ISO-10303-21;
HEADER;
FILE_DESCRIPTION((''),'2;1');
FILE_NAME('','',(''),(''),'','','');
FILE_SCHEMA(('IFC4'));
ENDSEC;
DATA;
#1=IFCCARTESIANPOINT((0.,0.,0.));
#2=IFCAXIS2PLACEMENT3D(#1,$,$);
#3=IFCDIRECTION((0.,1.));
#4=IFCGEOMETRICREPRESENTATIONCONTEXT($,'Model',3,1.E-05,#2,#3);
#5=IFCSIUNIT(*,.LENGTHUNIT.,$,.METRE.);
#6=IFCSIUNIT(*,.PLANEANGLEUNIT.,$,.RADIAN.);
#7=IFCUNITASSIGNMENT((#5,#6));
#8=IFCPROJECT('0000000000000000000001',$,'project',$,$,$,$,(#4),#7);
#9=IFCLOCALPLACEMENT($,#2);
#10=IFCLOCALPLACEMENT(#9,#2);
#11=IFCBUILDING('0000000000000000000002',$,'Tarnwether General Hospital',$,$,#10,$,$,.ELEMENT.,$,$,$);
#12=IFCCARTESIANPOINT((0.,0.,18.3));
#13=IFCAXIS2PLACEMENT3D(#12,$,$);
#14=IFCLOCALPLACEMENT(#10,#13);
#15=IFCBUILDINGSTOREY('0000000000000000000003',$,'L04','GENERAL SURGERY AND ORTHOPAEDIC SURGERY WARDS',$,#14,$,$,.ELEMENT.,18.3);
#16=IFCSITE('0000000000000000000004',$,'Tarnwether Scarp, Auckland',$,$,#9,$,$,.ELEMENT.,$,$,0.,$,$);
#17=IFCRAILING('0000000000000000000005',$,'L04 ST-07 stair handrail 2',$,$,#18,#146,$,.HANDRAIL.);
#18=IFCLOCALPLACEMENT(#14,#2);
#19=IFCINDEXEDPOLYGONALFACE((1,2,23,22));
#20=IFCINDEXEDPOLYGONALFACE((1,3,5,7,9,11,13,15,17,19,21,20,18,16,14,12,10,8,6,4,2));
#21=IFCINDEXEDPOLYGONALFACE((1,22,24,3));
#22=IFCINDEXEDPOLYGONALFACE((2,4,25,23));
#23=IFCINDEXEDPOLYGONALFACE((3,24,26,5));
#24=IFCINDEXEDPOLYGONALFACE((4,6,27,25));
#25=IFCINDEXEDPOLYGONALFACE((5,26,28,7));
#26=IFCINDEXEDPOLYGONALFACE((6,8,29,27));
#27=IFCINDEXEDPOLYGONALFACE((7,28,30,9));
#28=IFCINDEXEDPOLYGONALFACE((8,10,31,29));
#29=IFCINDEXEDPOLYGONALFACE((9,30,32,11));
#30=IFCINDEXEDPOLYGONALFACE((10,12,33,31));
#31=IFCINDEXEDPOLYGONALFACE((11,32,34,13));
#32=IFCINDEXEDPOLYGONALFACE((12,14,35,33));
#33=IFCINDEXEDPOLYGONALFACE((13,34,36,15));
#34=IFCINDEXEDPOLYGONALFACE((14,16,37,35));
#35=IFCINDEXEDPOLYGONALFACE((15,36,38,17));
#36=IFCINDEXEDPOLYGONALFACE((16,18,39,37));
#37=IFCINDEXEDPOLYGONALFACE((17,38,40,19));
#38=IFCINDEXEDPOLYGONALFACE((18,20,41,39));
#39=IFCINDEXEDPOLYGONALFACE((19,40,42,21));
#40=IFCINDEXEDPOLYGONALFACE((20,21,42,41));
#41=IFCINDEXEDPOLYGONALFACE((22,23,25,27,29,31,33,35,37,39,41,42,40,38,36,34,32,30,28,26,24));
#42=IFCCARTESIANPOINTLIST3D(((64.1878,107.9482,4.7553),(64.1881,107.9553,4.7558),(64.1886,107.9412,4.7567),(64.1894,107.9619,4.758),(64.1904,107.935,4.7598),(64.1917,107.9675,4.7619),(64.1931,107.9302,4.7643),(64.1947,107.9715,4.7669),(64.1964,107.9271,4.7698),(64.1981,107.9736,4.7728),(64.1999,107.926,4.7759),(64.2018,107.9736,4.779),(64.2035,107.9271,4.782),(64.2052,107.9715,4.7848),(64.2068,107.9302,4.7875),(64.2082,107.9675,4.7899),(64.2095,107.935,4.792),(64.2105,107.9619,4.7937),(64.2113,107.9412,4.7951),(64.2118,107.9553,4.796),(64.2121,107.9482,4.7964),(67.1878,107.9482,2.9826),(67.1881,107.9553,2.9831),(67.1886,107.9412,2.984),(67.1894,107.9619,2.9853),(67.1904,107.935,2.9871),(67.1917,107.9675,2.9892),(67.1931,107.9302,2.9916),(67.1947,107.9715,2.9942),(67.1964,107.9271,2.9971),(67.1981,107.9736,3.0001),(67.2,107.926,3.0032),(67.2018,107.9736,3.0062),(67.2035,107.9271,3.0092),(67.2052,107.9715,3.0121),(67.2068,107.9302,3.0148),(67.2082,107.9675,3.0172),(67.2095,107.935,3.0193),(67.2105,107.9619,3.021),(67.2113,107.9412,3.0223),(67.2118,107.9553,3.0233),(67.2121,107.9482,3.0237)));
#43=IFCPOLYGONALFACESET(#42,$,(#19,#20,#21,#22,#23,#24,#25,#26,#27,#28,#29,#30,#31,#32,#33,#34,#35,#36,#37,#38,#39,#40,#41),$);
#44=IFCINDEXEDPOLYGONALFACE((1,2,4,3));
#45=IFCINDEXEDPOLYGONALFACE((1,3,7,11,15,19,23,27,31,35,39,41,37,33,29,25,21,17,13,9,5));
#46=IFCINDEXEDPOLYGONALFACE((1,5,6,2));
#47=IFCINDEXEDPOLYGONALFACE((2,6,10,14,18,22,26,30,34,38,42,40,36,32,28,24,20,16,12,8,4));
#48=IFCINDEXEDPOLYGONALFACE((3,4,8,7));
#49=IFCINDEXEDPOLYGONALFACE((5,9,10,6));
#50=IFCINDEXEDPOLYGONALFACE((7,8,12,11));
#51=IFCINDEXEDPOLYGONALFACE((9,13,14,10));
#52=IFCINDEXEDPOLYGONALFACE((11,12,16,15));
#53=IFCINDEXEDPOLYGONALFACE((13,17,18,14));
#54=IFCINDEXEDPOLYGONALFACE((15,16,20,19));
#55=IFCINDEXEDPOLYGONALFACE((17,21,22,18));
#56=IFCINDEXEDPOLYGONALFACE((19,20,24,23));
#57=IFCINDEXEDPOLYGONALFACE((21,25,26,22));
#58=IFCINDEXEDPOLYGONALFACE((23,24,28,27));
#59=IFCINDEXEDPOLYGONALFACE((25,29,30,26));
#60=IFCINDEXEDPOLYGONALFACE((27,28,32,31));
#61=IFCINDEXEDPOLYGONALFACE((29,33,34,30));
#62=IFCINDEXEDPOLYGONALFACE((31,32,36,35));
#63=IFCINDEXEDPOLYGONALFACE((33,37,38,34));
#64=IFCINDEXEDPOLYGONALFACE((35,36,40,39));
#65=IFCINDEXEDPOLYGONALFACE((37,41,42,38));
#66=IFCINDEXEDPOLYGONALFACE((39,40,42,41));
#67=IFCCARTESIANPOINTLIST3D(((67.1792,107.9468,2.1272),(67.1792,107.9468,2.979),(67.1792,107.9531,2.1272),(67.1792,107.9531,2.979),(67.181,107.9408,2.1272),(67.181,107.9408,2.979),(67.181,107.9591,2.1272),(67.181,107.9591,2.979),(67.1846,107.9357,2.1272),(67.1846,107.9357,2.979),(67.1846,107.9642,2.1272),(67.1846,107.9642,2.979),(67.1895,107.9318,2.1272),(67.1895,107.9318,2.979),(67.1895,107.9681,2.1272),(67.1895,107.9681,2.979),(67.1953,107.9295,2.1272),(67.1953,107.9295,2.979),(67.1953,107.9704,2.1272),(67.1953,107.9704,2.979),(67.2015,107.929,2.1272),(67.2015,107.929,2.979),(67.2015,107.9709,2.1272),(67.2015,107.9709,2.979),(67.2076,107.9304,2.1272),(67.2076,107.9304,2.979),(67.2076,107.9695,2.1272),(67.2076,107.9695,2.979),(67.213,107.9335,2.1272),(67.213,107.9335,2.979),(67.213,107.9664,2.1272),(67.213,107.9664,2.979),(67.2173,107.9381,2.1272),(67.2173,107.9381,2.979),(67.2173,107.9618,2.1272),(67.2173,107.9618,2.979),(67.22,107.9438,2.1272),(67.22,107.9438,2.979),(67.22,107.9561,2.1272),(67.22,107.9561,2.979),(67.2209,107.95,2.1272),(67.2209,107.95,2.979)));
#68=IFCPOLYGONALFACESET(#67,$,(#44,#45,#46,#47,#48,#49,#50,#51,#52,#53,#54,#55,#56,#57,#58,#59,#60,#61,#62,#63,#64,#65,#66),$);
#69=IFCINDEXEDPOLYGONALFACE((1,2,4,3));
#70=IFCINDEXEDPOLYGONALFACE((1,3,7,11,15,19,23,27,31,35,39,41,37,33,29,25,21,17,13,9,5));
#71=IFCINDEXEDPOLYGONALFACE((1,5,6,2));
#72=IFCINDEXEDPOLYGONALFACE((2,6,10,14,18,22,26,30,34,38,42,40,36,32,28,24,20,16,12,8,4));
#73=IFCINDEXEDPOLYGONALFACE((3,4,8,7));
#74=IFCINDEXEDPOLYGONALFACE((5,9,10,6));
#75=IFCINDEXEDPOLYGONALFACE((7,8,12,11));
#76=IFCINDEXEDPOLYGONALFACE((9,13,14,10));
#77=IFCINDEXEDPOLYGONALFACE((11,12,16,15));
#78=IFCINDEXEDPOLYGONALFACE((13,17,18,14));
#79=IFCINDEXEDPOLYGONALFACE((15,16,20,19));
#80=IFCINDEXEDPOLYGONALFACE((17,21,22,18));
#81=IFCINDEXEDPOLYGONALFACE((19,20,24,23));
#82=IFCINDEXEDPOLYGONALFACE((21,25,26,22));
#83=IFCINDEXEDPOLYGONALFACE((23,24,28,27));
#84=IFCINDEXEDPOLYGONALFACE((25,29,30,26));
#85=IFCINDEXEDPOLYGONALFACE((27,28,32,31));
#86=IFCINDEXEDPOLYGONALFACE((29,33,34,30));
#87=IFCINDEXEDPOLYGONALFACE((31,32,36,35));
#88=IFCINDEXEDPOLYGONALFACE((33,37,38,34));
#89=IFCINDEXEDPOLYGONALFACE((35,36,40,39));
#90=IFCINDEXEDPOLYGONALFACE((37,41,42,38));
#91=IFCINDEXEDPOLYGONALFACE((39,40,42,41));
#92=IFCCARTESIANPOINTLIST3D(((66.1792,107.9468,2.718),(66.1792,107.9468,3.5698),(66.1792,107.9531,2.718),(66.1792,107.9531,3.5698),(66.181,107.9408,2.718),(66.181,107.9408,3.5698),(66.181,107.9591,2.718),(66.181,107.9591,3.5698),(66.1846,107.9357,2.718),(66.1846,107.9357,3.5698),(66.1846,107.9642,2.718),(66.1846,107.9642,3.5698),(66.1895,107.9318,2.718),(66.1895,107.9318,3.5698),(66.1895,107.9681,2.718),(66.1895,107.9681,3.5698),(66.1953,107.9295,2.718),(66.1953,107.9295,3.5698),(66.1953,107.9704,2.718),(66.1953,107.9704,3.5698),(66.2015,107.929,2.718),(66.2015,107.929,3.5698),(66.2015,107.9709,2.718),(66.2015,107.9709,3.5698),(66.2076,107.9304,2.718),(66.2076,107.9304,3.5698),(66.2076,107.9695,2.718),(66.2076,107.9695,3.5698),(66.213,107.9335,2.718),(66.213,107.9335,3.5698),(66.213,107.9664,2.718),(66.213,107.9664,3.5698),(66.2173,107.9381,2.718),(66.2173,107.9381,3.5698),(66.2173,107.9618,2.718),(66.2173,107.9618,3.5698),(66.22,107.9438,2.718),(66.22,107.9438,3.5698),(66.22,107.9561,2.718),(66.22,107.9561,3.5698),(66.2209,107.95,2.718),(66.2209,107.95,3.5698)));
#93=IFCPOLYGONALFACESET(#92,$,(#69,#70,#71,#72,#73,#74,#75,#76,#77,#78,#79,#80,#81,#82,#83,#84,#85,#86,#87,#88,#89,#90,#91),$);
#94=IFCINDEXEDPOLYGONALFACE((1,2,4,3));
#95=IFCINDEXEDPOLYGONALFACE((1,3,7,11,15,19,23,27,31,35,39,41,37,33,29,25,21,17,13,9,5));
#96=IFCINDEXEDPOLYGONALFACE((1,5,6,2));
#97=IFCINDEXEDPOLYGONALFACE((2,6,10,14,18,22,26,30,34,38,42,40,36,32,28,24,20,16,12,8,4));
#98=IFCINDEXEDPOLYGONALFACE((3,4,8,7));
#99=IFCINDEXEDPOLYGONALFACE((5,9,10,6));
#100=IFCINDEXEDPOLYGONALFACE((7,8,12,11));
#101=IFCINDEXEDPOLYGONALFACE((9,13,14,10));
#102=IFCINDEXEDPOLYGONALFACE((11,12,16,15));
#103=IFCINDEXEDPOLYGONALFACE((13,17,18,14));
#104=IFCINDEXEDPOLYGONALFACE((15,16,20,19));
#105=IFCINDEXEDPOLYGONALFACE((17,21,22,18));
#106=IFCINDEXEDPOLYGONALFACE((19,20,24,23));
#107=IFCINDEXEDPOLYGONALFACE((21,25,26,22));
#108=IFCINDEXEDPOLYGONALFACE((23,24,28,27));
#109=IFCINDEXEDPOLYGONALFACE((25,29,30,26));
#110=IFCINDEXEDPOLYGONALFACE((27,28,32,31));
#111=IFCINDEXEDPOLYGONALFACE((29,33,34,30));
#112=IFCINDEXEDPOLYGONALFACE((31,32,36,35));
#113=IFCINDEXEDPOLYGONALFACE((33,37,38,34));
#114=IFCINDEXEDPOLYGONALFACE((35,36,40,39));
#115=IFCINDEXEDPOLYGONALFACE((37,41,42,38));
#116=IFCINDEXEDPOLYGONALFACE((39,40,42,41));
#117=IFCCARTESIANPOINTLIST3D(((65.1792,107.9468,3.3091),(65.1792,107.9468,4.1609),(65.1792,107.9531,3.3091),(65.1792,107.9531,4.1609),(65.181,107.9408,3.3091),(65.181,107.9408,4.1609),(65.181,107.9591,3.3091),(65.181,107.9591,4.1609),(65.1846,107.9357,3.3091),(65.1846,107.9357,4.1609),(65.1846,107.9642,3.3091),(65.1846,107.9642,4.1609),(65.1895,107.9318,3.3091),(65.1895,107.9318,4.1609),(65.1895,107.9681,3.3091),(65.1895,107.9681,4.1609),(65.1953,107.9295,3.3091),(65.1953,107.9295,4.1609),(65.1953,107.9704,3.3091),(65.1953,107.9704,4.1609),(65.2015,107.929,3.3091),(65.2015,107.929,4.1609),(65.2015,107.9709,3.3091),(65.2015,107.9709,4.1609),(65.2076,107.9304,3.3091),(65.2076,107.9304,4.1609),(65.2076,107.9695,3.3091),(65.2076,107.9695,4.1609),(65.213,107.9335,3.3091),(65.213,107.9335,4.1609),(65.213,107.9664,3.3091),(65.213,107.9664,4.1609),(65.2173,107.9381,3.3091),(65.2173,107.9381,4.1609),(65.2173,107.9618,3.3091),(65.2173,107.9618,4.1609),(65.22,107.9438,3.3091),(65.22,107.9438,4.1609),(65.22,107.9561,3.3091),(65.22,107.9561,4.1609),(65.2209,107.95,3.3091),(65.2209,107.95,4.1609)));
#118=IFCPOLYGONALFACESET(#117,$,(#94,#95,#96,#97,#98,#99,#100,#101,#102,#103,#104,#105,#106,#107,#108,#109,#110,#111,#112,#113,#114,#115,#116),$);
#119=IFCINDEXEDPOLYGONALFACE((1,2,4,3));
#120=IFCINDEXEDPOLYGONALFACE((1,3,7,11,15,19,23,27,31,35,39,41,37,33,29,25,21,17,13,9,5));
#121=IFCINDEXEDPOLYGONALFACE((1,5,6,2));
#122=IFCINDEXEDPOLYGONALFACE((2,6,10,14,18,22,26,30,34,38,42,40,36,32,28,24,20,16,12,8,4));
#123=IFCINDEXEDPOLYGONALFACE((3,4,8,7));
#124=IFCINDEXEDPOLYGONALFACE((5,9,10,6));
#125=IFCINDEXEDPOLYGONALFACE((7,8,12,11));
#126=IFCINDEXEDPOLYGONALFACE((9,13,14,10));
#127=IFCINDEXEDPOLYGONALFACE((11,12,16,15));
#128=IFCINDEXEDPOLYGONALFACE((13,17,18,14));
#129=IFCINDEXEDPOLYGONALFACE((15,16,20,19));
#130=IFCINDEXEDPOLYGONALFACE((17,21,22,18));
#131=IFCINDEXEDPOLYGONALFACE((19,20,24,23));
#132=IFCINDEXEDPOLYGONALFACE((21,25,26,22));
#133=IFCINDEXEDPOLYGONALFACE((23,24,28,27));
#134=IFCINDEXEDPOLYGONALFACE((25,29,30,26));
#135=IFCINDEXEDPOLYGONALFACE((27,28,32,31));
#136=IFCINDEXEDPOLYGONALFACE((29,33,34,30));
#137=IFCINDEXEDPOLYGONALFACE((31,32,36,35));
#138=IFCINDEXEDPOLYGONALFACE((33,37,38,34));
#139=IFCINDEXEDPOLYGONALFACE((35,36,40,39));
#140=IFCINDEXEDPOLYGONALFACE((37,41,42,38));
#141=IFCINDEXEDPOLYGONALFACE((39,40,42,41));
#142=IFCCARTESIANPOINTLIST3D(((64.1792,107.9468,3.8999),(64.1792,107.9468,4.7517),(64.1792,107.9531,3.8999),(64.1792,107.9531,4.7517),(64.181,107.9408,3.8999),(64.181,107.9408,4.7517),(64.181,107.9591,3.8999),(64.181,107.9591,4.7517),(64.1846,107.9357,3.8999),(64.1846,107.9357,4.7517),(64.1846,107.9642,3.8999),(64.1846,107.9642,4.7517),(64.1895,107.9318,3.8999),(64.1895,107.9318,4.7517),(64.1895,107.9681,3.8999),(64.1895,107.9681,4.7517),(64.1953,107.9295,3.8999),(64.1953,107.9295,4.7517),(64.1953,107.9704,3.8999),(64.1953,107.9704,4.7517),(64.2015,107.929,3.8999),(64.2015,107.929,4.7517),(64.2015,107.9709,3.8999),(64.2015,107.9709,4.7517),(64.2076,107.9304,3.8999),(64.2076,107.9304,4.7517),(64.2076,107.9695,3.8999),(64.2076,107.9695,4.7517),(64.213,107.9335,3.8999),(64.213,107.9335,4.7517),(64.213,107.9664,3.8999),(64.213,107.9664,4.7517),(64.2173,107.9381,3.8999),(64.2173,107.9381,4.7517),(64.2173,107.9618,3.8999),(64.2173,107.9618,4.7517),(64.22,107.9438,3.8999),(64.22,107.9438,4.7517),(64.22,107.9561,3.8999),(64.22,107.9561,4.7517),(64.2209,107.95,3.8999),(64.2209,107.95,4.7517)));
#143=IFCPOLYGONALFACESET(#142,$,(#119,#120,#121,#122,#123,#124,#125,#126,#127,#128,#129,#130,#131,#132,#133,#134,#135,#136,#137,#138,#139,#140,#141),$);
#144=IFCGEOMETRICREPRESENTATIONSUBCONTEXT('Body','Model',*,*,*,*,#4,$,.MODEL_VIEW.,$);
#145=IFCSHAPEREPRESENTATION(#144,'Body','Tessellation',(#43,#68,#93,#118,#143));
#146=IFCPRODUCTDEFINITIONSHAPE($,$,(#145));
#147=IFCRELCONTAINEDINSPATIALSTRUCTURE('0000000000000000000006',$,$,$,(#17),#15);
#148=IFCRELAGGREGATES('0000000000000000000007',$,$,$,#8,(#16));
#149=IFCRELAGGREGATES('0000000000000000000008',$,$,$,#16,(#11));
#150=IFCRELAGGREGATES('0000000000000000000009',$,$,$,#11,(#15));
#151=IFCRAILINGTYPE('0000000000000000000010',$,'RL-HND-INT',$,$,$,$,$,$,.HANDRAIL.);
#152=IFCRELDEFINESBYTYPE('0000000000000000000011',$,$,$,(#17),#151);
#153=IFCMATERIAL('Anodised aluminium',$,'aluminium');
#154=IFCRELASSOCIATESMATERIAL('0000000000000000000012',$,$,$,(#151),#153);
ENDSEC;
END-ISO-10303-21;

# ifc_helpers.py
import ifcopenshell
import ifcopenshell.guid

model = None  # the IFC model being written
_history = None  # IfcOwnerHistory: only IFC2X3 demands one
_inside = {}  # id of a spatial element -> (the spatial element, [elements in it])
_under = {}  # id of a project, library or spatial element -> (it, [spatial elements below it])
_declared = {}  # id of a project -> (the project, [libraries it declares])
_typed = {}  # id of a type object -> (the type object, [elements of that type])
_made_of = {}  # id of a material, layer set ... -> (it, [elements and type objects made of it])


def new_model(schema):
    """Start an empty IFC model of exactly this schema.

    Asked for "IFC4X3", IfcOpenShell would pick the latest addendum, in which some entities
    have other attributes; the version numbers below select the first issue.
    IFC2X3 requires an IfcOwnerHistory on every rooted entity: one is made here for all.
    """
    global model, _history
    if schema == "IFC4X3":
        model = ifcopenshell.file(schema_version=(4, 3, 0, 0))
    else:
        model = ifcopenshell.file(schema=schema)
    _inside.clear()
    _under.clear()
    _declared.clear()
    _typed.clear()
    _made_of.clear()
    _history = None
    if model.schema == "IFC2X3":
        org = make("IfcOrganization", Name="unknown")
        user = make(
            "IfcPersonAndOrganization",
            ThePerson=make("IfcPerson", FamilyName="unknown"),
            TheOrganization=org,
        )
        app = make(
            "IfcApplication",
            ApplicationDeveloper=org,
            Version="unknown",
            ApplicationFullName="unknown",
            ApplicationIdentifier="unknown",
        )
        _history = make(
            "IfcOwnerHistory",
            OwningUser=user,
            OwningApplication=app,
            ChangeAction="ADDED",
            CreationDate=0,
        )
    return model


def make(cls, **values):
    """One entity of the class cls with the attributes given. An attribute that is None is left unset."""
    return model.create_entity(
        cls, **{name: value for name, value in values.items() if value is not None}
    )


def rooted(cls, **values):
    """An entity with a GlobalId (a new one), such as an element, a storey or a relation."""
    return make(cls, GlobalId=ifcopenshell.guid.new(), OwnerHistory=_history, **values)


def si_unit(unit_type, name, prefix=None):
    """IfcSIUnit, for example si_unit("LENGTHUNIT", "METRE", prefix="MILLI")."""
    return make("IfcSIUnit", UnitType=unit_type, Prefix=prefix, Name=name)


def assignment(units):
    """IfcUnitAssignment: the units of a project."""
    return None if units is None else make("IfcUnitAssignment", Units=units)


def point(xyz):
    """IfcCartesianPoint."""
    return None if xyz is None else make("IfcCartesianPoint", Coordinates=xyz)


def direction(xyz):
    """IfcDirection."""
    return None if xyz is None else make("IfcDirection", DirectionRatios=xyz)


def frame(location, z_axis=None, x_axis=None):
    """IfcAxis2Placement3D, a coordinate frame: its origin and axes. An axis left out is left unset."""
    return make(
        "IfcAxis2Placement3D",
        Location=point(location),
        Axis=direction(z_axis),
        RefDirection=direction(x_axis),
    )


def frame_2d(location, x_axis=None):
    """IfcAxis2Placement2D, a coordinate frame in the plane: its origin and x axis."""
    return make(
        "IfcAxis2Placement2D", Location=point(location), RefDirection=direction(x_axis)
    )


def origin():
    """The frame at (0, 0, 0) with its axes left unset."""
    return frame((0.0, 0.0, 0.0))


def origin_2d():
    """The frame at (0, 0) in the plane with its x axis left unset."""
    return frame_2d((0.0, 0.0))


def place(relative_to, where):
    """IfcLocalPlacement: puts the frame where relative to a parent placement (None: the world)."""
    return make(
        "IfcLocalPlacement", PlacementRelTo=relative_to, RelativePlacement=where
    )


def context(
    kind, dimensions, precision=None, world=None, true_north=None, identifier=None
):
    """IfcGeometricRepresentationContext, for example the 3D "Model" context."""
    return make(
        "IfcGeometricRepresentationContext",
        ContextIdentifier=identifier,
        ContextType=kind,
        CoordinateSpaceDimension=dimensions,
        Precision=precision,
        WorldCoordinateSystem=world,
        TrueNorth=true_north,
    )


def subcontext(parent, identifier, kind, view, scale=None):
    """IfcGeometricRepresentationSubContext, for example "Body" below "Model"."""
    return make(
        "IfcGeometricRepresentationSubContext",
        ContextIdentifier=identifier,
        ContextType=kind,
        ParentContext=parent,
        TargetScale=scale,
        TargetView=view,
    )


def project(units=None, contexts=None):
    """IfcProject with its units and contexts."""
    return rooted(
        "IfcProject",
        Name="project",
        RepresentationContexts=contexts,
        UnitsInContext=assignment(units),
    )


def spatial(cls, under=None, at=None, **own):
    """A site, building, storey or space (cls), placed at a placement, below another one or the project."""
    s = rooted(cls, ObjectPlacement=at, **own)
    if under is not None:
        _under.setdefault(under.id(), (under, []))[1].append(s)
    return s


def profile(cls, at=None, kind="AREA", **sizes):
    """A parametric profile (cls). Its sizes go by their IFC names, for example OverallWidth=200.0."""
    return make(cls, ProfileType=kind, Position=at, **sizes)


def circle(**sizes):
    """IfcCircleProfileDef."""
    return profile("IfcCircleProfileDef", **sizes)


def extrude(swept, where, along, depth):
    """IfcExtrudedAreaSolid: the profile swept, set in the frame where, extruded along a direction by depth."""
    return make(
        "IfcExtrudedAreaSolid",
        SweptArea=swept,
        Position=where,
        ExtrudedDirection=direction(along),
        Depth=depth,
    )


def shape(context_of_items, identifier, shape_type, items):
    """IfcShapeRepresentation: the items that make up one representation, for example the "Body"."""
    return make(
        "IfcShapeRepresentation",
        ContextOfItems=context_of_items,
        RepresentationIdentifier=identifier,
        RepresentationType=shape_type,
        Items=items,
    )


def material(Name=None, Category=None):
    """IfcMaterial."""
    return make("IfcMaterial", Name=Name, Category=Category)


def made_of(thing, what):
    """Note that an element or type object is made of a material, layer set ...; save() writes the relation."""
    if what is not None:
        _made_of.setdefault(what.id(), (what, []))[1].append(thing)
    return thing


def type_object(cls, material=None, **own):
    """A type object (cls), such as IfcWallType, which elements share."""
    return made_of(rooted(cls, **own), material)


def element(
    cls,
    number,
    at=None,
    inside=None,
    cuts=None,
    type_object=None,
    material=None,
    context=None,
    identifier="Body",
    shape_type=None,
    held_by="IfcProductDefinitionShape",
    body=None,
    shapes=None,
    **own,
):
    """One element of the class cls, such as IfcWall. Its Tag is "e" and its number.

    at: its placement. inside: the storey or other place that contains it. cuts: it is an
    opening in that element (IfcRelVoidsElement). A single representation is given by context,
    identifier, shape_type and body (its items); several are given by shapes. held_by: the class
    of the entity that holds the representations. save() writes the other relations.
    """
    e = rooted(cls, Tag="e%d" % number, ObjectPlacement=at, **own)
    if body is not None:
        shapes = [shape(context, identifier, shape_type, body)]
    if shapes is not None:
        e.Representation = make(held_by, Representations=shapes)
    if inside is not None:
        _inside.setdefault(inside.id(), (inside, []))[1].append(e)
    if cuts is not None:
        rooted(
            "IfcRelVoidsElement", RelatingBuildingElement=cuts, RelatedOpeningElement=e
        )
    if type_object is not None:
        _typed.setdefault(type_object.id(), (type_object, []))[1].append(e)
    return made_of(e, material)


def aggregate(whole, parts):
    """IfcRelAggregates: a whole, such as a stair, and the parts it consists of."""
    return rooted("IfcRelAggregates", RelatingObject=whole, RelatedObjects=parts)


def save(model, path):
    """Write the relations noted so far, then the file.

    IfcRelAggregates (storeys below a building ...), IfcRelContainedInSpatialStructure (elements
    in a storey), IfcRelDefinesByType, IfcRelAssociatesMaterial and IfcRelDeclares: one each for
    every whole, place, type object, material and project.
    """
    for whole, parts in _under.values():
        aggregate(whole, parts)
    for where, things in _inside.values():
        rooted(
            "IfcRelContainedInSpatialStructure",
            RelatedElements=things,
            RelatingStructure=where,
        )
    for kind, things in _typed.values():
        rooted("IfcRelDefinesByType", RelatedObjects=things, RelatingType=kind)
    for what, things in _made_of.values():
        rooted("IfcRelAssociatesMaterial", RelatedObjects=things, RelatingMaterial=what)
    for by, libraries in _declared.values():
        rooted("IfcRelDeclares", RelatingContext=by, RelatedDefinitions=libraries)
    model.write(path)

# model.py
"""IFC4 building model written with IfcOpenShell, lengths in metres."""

from ifc_helpers import new_model, si_unit, direction, frame, origin, origin_2d, place, context, subcontext, project, spatial, circle, extrude, material, type_object, element, save


model = new_model("IFC4")

# Units and contexts
model_context = context("Model", 3, precision=1e-05, world=origin(), true_north=direction((0.0, 1.0)))
body_context = subcontext(model_context, "Body", "Model", "MODEL_VIEW")
ifc_project = project(units=[si_unit("LENGTHUNIT", "METRE"), si_unit("PLANEANGLEUNIT", "RADIAN")], contexts=[model_context])

# Site, building, storey
site_placement = place(None, origin())
site = spatial("IfcSite", under=ifc_project, at=site_placement, Name="Tarnwether Scarp, Auckland", CompositionType="ELEMENT", RefElevation=0.0)
building_placement = place(site_placement, origin())
building = spatial("IfcBuilding", under=site, at=building_placement, Name="Tarnwether General Hospital", CompositionType="ELEMENT")
storey_placement = place(building_placement, frame((0.0, 0.0, 18.3)))
storey = spatial("IfcBuildingStorey", under=building, at=storey_placement, Name="L04", Description="GENERAL SURGERY AND ORTHOPAEDIC SURGERY WARDS", CompositionType="ELEMENT", Elevation=18.3)

# Railing
ifc_material_1 = material(Name="Anodised aluminium", Category="aluminium")
railing_type_1 = type_object("IfcRailingType", Name="RL-HND-INT", PredefinedType="HANDRAIL", material=ifc_material_1)
railing_1_placement = place(storey_placement, frame((67.2, 107.95, 2.1272)))
element("IfcRailing", 1, at=railing_1_placement, inside=storey, type_object=railing_type_1, Name="L04 ST-07 stair handrail 2", PredefinedType="HANDRAIL", context=body_context, shape_type="SweptSolid", body=[
    extrude(circle(Radius=0.0239, at=origin_2d()), frame((0.0, 0.0, 0.876), z_axis=(-0.860929, 0.0, 0.508725), x_axis=(0.0, -1.0, 0.0)), (0.0, 0.0, 1.0), 3.4846),
    extrude(circle(Radius=0.021, at=origin_2d()), origin(), (0.0, 0.0, 1.0), 0.8518),
    extrude(circle(Radius=0.021, at=origin_2d()), frame((-1.0, 0.0, 0.5908)), (0.0, 0.0, 1.0), 0.8518),
    extrude(circle(Radius=0.021, at=origin_2d()), frame((-2.0, 0.0, 1.1819)), (0.0, 0.0, 1.0), 0.8518),
    extrude(circle(Radius=0.021, at=origin_2d()), frame((-3.0, 0.0, 1.7727)), (0.0, 0.0, 1.0), 0.8518),
])

save(model, "model.ifc")
